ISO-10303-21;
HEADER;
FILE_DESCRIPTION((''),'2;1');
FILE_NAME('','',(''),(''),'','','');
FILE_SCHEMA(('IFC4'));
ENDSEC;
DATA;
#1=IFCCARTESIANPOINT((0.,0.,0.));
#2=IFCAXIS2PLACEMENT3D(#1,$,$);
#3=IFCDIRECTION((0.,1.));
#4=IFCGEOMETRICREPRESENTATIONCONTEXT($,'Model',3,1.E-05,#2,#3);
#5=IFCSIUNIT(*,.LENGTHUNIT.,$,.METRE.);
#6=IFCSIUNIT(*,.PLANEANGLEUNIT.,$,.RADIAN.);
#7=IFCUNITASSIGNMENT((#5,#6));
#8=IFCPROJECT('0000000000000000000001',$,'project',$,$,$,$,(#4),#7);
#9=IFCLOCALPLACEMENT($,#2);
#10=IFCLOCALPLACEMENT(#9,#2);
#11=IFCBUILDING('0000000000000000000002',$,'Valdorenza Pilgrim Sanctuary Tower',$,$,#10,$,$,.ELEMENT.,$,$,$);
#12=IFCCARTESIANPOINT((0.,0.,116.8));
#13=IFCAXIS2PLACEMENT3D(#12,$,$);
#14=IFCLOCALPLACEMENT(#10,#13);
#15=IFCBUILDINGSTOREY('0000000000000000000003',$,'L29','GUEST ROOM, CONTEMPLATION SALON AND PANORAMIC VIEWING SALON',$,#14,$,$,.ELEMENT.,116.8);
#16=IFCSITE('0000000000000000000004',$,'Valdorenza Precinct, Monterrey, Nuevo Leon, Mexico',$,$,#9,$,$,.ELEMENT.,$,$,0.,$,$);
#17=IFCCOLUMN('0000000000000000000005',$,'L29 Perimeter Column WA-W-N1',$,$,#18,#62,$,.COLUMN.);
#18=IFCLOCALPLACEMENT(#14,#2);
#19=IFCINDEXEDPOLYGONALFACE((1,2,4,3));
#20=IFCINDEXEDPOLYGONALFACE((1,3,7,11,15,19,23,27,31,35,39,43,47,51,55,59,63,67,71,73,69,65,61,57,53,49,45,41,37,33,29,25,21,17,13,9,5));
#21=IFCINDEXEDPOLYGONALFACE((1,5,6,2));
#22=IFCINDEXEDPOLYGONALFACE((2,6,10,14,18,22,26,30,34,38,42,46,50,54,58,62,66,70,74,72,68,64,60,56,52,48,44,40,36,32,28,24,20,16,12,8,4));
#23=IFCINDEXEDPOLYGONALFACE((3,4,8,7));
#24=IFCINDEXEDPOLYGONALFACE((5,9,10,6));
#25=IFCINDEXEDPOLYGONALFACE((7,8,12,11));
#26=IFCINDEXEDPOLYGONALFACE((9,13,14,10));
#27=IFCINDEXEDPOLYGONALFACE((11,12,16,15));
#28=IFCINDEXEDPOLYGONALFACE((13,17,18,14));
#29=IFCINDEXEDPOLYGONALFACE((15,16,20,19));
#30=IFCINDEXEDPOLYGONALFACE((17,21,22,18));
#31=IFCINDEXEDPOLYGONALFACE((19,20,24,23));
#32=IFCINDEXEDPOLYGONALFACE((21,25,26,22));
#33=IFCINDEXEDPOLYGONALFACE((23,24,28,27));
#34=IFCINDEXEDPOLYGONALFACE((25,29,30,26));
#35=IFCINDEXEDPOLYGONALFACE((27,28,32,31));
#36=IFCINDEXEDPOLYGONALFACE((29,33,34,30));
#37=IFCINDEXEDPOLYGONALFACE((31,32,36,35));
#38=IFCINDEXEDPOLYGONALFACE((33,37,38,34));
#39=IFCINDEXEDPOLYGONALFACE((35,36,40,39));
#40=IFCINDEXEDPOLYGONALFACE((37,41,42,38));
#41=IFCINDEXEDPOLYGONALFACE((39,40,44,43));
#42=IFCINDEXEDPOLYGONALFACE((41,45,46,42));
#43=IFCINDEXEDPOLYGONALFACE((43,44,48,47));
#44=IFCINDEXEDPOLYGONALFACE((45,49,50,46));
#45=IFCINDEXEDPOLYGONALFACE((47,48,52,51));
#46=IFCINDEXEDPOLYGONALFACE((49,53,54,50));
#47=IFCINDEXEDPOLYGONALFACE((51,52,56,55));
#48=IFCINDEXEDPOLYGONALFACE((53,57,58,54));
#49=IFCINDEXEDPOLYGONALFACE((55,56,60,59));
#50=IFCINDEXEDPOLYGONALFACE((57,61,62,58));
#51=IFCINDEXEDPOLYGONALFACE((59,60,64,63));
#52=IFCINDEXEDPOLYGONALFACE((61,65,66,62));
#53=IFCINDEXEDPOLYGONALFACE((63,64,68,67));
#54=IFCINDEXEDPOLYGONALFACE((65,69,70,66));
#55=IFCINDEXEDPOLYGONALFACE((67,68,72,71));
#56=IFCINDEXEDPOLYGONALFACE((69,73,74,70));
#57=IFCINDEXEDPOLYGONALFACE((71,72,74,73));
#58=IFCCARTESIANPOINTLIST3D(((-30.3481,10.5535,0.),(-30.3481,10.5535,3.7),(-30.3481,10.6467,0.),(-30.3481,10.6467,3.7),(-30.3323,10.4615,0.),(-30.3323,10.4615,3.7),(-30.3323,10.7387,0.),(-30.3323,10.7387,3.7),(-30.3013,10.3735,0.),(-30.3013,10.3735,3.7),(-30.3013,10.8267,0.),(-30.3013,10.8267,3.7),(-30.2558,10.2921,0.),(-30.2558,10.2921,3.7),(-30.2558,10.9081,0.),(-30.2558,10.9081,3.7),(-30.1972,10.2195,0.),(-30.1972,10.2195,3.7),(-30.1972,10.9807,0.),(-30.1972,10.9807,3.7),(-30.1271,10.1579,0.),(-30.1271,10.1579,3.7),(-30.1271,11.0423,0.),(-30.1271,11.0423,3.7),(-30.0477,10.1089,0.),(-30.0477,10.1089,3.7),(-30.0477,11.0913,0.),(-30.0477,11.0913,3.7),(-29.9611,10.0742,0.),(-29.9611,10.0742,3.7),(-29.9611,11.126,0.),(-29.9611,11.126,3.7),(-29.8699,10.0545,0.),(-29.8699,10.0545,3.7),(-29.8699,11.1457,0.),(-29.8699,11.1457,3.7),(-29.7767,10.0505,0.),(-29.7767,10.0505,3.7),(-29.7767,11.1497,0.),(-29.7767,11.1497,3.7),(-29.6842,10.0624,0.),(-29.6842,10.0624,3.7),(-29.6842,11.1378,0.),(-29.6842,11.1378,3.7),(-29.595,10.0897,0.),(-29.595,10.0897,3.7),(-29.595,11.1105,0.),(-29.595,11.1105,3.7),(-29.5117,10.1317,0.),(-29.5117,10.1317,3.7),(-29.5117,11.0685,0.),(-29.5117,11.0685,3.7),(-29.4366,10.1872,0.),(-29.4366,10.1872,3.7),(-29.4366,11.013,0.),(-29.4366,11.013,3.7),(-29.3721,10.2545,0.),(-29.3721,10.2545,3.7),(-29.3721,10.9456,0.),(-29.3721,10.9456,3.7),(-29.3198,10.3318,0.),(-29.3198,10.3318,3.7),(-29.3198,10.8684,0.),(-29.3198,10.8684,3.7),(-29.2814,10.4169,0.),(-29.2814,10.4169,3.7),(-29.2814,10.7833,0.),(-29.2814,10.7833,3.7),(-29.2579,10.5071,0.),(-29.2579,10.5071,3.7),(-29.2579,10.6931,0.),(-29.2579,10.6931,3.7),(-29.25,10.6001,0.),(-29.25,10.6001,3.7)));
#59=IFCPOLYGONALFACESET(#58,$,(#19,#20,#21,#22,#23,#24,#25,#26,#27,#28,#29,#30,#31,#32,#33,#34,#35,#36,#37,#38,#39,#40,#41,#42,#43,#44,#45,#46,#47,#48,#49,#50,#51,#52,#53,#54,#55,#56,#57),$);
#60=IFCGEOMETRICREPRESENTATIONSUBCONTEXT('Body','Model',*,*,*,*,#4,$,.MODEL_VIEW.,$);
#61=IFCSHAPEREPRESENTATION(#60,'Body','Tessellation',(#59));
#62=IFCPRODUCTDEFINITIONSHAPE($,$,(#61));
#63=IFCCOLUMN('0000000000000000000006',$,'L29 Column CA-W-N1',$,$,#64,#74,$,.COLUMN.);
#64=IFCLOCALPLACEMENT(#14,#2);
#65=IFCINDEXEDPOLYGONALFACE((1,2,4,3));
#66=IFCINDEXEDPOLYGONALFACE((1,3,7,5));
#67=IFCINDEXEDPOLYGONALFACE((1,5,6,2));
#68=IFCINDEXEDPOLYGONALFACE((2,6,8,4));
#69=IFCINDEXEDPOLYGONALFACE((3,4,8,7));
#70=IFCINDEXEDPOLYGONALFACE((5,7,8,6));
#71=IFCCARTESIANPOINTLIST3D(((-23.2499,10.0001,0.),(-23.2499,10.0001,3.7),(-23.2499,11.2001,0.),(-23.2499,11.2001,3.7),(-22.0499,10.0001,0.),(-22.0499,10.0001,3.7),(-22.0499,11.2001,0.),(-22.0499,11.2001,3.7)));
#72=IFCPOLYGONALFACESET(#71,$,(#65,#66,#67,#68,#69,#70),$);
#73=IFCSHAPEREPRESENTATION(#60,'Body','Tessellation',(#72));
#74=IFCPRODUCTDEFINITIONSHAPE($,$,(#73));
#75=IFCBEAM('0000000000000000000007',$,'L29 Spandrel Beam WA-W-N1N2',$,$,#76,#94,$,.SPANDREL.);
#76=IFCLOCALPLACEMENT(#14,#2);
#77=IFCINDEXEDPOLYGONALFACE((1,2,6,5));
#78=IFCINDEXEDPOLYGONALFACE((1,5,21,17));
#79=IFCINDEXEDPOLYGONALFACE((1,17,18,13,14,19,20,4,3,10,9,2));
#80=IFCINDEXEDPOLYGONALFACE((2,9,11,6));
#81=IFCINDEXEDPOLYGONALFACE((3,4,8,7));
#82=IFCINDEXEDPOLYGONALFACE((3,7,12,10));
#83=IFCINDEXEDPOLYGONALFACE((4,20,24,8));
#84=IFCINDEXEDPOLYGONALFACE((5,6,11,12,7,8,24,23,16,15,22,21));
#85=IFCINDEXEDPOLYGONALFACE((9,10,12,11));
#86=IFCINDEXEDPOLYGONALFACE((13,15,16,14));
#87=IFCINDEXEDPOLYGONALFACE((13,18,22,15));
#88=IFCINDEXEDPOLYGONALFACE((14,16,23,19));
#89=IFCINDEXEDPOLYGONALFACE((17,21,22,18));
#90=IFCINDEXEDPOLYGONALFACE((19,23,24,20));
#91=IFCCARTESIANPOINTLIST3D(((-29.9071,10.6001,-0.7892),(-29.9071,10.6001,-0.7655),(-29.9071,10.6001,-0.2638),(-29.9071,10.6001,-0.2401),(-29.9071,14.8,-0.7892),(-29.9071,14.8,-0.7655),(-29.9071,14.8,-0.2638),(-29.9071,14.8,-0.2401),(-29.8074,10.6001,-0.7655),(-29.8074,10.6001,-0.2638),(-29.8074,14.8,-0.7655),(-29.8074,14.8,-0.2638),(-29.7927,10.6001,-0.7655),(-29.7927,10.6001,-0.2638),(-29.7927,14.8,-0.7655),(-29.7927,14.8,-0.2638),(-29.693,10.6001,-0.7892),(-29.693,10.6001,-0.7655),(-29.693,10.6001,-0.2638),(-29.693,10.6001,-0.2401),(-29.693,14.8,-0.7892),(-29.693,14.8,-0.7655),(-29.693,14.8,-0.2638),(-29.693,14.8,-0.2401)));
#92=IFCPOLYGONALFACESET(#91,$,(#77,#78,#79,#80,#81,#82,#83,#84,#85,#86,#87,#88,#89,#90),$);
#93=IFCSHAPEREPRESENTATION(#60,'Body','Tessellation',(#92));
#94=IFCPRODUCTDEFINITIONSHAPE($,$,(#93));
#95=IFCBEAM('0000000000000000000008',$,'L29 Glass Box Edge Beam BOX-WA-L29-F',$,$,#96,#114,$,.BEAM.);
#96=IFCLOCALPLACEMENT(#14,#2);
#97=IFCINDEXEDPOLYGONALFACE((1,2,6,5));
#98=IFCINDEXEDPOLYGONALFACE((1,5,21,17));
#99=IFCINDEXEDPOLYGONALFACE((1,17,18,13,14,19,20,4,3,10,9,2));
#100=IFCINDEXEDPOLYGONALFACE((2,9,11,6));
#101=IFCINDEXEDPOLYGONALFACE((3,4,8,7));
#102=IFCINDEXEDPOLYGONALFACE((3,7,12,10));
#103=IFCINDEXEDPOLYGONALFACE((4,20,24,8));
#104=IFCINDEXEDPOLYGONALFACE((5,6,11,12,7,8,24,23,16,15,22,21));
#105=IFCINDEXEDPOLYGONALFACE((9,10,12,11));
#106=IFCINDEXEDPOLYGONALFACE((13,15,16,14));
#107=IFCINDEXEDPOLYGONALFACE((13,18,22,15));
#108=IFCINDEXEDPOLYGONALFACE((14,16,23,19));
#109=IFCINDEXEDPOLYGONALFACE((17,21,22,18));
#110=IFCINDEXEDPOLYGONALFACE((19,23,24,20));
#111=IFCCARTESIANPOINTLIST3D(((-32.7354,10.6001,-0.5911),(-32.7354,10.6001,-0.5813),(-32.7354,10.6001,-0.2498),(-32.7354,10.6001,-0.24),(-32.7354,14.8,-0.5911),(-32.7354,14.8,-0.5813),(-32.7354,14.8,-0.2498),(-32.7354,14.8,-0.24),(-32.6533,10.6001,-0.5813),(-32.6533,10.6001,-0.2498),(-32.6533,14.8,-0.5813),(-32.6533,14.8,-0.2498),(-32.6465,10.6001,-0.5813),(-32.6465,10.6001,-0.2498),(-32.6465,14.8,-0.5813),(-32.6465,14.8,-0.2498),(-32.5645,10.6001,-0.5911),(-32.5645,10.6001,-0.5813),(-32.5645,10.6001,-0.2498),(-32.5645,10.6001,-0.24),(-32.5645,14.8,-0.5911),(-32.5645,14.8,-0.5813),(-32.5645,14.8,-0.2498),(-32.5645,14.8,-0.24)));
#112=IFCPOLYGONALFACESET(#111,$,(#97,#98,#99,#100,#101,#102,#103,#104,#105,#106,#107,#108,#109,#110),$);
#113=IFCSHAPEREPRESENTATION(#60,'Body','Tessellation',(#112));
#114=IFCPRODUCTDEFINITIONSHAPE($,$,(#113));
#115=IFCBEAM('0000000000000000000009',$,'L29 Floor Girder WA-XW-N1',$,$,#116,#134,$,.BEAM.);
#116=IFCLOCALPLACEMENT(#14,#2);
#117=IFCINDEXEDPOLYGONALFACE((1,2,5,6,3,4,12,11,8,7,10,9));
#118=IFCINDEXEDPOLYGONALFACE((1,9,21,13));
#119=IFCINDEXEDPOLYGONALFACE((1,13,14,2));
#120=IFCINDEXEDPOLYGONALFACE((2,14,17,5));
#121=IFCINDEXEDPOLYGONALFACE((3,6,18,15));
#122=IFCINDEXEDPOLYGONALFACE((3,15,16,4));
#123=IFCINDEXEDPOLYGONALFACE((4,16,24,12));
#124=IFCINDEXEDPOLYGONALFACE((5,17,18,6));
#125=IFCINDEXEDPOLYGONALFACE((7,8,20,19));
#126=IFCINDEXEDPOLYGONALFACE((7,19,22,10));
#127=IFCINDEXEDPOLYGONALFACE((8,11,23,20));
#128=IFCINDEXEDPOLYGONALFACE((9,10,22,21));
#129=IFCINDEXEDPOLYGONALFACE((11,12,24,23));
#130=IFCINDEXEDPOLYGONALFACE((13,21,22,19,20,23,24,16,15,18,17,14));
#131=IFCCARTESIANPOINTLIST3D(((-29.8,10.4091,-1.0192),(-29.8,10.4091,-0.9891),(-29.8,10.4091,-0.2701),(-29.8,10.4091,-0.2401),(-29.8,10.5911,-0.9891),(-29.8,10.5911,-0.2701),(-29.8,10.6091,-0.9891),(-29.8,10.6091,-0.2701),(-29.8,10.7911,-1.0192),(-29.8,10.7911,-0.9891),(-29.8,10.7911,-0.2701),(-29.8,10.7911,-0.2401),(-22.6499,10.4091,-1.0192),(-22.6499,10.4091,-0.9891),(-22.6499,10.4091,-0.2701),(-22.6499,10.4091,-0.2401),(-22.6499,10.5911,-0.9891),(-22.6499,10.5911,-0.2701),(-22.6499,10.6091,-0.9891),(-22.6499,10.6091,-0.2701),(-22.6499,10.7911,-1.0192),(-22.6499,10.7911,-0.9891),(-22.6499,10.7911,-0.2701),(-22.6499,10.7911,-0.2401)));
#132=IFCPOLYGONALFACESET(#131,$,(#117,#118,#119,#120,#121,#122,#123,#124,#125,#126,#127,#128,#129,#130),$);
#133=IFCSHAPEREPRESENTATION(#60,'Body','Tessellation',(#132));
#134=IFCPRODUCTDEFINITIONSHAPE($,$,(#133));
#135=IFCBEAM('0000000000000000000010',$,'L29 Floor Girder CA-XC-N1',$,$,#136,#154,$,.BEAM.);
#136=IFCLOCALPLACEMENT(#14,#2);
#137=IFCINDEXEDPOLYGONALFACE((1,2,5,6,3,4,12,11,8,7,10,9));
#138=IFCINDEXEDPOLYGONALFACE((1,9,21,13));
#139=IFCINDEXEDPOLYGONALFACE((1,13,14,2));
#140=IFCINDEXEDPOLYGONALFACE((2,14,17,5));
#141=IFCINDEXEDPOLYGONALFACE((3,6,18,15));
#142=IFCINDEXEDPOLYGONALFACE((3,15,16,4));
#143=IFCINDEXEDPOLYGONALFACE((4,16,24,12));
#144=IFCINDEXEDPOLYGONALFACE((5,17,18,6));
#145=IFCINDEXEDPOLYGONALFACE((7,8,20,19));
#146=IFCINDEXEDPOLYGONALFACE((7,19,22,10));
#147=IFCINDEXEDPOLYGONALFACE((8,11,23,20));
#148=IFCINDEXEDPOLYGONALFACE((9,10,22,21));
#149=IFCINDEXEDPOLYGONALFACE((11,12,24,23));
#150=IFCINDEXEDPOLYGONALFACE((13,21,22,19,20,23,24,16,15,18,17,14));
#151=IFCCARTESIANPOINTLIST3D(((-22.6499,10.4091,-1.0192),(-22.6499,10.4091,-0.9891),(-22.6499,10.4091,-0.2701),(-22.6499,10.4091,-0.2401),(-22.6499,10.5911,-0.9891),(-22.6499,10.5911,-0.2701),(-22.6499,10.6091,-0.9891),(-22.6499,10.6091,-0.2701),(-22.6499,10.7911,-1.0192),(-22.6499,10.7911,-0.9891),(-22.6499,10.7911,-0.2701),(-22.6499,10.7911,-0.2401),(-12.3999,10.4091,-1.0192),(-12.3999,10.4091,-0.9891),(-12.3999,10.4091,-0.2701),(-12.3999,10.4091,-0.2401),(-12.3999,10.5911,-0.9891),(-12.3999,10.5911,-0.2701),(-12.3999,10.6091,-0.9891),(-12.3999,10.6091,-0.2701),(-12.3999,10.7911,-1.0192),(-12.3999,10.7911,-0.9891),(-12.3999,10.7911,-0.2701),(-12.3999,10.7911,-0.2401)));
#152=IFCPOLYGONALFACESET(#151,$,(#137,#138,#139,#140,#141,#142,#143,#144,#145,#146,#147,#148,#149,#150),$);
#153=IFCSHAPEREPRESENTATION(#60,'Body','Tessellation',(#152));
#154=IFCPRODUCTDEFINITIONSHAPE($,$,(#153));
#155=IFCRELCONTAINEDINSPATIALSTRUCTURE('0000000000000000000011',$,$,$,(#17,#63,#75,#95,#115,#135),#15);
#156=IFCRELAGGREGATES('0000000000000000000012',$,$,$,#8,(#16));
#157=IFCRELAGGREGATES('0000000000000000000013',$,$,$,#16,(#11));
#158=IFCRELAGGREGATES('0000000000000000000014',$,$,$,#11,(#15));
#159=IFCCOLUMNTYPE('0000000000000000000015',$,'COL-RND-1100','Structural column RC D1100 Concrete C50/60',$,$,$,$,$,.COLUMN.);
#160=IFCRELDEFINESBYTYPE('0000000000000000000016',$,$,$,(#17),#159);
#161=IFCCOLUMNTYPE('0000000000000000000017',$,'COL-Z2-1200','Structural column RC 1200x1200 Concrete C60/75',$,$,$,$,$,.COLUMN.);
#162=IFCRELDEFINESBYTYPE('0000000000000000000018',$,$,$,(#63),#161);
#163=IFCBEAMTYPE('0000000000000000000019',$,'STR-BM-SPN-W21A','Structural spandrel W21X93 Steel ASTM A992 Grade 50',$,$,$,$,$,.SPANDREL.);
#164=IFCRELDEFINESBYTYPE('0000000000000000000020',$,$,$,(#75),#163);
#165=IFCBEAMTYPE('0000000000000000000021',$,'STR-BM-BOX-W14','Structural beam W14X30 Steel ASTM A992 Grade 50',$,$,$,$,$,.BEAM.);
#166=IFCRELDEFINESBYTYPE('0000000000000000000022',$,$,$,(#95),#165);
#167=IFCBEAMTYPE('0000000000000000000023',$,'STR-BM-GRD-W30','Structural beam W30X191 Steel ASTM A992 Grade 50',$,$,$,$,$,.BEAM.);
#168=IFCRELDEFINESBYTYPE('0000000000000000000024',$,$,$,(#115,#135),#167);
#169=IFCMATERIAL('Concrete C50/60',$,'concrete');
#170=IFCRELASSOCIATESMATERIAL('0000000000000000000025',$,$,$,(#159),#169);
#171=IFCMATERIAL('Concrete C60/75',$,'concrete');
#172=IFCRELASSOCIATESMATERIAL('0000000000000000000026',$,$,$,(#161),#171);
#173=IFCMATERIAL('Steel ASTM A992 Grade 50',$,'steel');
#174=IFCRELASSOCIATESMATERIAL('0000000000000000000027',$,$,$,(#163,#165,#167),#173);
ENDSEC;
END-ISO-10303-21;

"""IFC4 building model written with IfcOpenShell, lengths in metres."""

from ifc_helpers import new_model, si_unit, direction, frame, origin, origin_2d, place, context, subcontext, project, spatial, rectangle, circle, i_section, extrude, source, transform, mapped, material, material_profile, profile_set, type_object, element, save


model = new_model("IFC4")

# Units and contexts
model_context = context("Model", 3, precision=1e-05, world=origin(), true_north=direction((0.0, 1.0)))
body_context = subcontext(model_context, "Body", "Model", "MODEL_VIEW")
ifc_project = project(units=[si_unit("LENGTHUNIT", "METRE"), si_unit("PLANEANGLEUNIT", "RADIAN")], contexts=[model_context])

# Site, building, storey
site_placement = place(None, origin())
site = spatial("IfcSite", under=ifc_project, at=site_placement, Name="Valdorenza Precinct, Monterrey, Nuevo Leon, Mexico", CompositionType="ELEMENT", RefElevation=0.0)
building_placement = place(site_placement, origin())
building = spatial("IfcBuilding", under=site, at=building_placement, Name="Valdorenza Pilgrim Sanctuary Tower", CompositionType="ELEMENT")
storey_placement = place(building_placement, frame((0.0, 0.0, 116.8)))
storey = spatial("IfcBuildingStorey", under=building, at=storey_placement, Name="L29", Description="GUEST ROOM, CONTEMPLATION SALON AND PANORAMIC VIEWING SALON", CompositionType="ELEMENT", Elevation=116.8)

# Columns
ifc_material_1 = material(Name="Concrete C50/60", Category="concrete")
ifc_material_profile_1 = material_profile(ifc_material_1, circle(Radius=0.55, at=origin_2d()), Name="RC D1100")
ifc_profile_set_1 = profile_set([ifc_material_profile_1], Name="Concrete C50/60")
column_type_1 = type_object("IfcColumnType", Name="COL-RND-1100", Description="Structural column RC D1100 Concrete C50/60", PredefinedType="COLUMN", material=ifc_profile_set_1)
shared_shape_1 = source(origin(), body_context, "Body", "SweptSolid", [
    extrude(circle(Radius=0.55, at=origin_2d()), origin(), (0.0, 0.0, 1.0), 3.7),
])
column_1_placement = place(storey_placement, frame((-29.8, 10.6001, 0.0), z_axis=(0.0, 0.0, 1.0), x_axis=(1.0, 0.0, 0.0)))
element("IfcColumn", 1, at=column_1_placement, inside=storey, type_object=column_type_1, Name="L29 Perimeter Column WA-W-N1", PredefinedType="COLUMN", context=body_context, shape_type="MappedRepresentation", body=[
    mapped(shared_shape_1, transform((0.0, 0.0, 0.0), x_axis=(1.0, 0.0, 0.0), y_axis=(0.0, 1.0, 0.0), z_axis=(0.0, 0.0, 1.0), scale=1.0)),
])
ifc_material_2 = material(Name="Concrete C60/75", Category="concrete")
ifc_material_profile_2 = material_profile(ifc_material_2, rectangle(XDim=1.2, YDim=1.2, at=origin_2d()), Name="RC 1200x1200")
ifc_profile_set_2 = profile_set([ifc_material_profile_2], Name="Concrete C60/75")
column_type_2 = type_object("IfcColumnType", Name="COL-Z2-1200", Description="Structural column RC 1200x1200 Concrete C60/75", PredefinedType="COLUMN", material=ifc_profile_set_2)
shared_shape_2 = source(origin(), body_context, "Body", "SweptSolid", [
    extrude(rectangle(XDim=1.2, YDim=1.2, at=origin_2d()), origin(), (0.0, 0.0, 1.0), 3.7),
])
column_2_placement = place(storey_placement, frame((-22.6499, 10.6001, 0.0), z_axis=(0.0, 0.0, 1.0), x_axis=(1.0, 0.0, 0.0)))
element("IfcColumn", 2, at=column_2_placement, inside=storey, type_object=column_type_2, Name="L29 Column CA-W-N1", PredefinedType="COLUMN", context=body_context, shape_type="MappedRepresentation", body=[
    mapped(shared_shape_2, transform((0.0, 0.0, 0.0), x_axis=(1.0, 0.0, 0.0), y_axis=(0.0, 1.0, 0.0), z_axis=(0.0, 0.0, 1.0), scale=1.0)),
])

# Beams
ifc_material_3 = material(Name="Steel ASTM A992 Grade 50", Category="steel")
ifc_material_profile_3 = material_profile(ifc_material_3, i_section(OverallWidth=0.2141, OverallDepth=0.5491, WebThickness=0.0146, FlangeThickness=0.0237, at=origin_2d()), Name="W21X93")
ifc_profile_set_3 = profile_set([ifc_material_profile_3], Name="Steel ASTM A992 Grade 50")
beam_type_1 = type_object("IfcBeamType", Name="STR-BM-SPN-W21A", Description="Structural spandrel W21X93 Steel ASTM A992 Grade 50", PredefinedType="SPANDREL", material=ifc_profile_set_3)
shared_shape_3 = source(origin(), body_context, "Body", "SweptSolid", [
    extrude(i_section(OverallWidth=0.2141, OverallDepth=0.5491, WebThickness=0.0146, FlangeThickness=0.0237, at=origin_2d()), origin(), (0.0, 0.0, 1.0), 4.2),
])
beam_1_placement = place(storey_placement, frame((-29.8, 10.6001, -0.5146), z_axis=(0.0, 1.0, 0.0), x_axis=(-1.0, 0.0, 0.0)))
element("IfcBeam", 3, at=beam_1_placement, inside=storey, type_object=beam_type_1, Name="L29 Spandrel Beam WA-W-N1N2", PredefinedType="SPANDREL", context=body_context, shape_type="MappedRepresentation", body=[
    mapped(shared_shape_3, transform((0.0, 0.0, 0.0), x_axis=(1.0, 0.0, 0.0), y_axis=(0.0, 1.0, 0.0), z_axis=(0.0, 0.0, 1.0), scale=1.0)),
])
ifc_material_profile_4 = material_profile(ifc_material_3, i_section(OverallWidth=0.1709, OverallDepth=0.3511, WebThickness=0.0068, FlangeThickness=0.0098, at=origin_2d()), Name="W14X30")
ifc_profile_set_4 = profile_set([ifc_material_profile_4], Name="Steel ASTM A992 Grade 50")
beam_type_2 = type_object("IfcBeamType", Name="STR-BM-BOX-W14", Description="Structural beam W14X30 Steel ASTM A992 Grade 50", PredefinedType="BEAM", material=ifc_profile_set_4)
shared_shape_4 = source(origin(), body_context, "Body", "SweptSolid", [
    extrude(i_section(OverallWidth=0.1709, OverallDepth=0.3511, WebThickness=0.0068, FlangeThickness=0.0098, at=origin_2d()), origin(), (0.0, 0.0, 1.0), 4.2),
])
beam_2_placement = place(storey_placement, frame((-32.6499, 10.6001, -0.4155), z_axis=(0.0, 1.0, 0.0), x_axis=(-1.0, 0.0, 0.0)))
element("IfcBeam", 4, at=beam_2_placement, inside=storey, type_object=beam_type_2, Name="L29 Glass Box Edge Beam BOX-WA-L29-F", PredefinedType="BEAM", context=body_context, shape_type="MappedRepresentation", body=[
    mapped(shared_shape_4, transform((0.0, 0.0, 0.0), x_axis=(1.0, 0.0, 0.0), y_axis=(0.0, 1.0, 0.0), z_axis=(0.0, 0.0, 1.0), scale=1.0)),
])
ifc_material_profile_5 = material_profile(ifc_material_3, i_section(OverallWidth=0.3821, OverallDepth=0.7791, WebThickness=0.0181, FlangeThickness=0.03, at=origin_2d()), Name="W30X191")
ifc_profile_set_5 = profile_set([ifc_material_profile_5], Name="Steel ASTM A992 Grade 50")
beam_type_3 = type_object("IfcBeamType", Name="STR-BM-GRD-W30", Description="Structural beam W30X191 Steel ASTM A992 Grade 50", PredefinedType="BEAM", material=ifc_profile_set_5)
shared_shape_5 = source(origin(), body_context, "Body", "SweptSolid", [
    extrude(i_section(OverallWidth=0.3821, OverallDepth=0.7791, WebThickness=0.0181, FlangeThickness=0.03, at=origin_2d()), origin(), (0.0, 0.0, 1.0), 7.1501),
])
beam_3_placement = place(storey_placement, frame((-29.8, 10.6001, -0.6296), z_axis=(1.0, 0.0, 0.0), x_axis=(0.0, 1.0, 0.0)))
element("IfcBeam", 5, at=beam_3_placement, inside=storey, type_object=beam_type_3, Name="L29 Floor Girder WA-XW-N1", PredefinedType="BEAM", context=body_context, shape_type="MappedRepresentation", body=[
    mapped(shared_shape_5, transform((0.0, 0.0, 0.0), x_axis=(1.0, 0.0, 0.0), y_axis=(0.0, 1.0, 0.0), z_axis=(0.0, 0.0, 1.0), scale=1.0)),
])
shared_shape_6 = source(origin(), body_context, "Body", "SweptSolid", [
    extrude(i_section(OverallWidth=0.3821, OverallDepth=0.7791, WebThickness=0.0181, FlangeThickness=0.03, at=origin_2d()), origin(), (0.0, 0.0, 1.0), 10.25),
])
beam_4_placement = place(storey_placement, frame((-22.6499, 10.6001, -0.6296), z_axis=(1.0, 0.0, 0.0), x_axis=(0.0, 1.0, 0.0)))
element("IfcBeam", 6, at=beam_4_placement, inside=storey, type_object=beam_type_3, Name="L29 Floor Girder CA-XC-N1", PredefinedType="BEAM", context=body_context, shape_type="MappedRepresentation", body=[
    mapped(shared_shape_6, transform((0.0, 0.0, 0.0), x_axis=(1.0, 0.0, 0.0), y_axis=(0.0, 1.0, 0.0), z_axis=(0.0, 0.0, 1.0), scale=1.0)),
])

save(model, "model.ifc")
